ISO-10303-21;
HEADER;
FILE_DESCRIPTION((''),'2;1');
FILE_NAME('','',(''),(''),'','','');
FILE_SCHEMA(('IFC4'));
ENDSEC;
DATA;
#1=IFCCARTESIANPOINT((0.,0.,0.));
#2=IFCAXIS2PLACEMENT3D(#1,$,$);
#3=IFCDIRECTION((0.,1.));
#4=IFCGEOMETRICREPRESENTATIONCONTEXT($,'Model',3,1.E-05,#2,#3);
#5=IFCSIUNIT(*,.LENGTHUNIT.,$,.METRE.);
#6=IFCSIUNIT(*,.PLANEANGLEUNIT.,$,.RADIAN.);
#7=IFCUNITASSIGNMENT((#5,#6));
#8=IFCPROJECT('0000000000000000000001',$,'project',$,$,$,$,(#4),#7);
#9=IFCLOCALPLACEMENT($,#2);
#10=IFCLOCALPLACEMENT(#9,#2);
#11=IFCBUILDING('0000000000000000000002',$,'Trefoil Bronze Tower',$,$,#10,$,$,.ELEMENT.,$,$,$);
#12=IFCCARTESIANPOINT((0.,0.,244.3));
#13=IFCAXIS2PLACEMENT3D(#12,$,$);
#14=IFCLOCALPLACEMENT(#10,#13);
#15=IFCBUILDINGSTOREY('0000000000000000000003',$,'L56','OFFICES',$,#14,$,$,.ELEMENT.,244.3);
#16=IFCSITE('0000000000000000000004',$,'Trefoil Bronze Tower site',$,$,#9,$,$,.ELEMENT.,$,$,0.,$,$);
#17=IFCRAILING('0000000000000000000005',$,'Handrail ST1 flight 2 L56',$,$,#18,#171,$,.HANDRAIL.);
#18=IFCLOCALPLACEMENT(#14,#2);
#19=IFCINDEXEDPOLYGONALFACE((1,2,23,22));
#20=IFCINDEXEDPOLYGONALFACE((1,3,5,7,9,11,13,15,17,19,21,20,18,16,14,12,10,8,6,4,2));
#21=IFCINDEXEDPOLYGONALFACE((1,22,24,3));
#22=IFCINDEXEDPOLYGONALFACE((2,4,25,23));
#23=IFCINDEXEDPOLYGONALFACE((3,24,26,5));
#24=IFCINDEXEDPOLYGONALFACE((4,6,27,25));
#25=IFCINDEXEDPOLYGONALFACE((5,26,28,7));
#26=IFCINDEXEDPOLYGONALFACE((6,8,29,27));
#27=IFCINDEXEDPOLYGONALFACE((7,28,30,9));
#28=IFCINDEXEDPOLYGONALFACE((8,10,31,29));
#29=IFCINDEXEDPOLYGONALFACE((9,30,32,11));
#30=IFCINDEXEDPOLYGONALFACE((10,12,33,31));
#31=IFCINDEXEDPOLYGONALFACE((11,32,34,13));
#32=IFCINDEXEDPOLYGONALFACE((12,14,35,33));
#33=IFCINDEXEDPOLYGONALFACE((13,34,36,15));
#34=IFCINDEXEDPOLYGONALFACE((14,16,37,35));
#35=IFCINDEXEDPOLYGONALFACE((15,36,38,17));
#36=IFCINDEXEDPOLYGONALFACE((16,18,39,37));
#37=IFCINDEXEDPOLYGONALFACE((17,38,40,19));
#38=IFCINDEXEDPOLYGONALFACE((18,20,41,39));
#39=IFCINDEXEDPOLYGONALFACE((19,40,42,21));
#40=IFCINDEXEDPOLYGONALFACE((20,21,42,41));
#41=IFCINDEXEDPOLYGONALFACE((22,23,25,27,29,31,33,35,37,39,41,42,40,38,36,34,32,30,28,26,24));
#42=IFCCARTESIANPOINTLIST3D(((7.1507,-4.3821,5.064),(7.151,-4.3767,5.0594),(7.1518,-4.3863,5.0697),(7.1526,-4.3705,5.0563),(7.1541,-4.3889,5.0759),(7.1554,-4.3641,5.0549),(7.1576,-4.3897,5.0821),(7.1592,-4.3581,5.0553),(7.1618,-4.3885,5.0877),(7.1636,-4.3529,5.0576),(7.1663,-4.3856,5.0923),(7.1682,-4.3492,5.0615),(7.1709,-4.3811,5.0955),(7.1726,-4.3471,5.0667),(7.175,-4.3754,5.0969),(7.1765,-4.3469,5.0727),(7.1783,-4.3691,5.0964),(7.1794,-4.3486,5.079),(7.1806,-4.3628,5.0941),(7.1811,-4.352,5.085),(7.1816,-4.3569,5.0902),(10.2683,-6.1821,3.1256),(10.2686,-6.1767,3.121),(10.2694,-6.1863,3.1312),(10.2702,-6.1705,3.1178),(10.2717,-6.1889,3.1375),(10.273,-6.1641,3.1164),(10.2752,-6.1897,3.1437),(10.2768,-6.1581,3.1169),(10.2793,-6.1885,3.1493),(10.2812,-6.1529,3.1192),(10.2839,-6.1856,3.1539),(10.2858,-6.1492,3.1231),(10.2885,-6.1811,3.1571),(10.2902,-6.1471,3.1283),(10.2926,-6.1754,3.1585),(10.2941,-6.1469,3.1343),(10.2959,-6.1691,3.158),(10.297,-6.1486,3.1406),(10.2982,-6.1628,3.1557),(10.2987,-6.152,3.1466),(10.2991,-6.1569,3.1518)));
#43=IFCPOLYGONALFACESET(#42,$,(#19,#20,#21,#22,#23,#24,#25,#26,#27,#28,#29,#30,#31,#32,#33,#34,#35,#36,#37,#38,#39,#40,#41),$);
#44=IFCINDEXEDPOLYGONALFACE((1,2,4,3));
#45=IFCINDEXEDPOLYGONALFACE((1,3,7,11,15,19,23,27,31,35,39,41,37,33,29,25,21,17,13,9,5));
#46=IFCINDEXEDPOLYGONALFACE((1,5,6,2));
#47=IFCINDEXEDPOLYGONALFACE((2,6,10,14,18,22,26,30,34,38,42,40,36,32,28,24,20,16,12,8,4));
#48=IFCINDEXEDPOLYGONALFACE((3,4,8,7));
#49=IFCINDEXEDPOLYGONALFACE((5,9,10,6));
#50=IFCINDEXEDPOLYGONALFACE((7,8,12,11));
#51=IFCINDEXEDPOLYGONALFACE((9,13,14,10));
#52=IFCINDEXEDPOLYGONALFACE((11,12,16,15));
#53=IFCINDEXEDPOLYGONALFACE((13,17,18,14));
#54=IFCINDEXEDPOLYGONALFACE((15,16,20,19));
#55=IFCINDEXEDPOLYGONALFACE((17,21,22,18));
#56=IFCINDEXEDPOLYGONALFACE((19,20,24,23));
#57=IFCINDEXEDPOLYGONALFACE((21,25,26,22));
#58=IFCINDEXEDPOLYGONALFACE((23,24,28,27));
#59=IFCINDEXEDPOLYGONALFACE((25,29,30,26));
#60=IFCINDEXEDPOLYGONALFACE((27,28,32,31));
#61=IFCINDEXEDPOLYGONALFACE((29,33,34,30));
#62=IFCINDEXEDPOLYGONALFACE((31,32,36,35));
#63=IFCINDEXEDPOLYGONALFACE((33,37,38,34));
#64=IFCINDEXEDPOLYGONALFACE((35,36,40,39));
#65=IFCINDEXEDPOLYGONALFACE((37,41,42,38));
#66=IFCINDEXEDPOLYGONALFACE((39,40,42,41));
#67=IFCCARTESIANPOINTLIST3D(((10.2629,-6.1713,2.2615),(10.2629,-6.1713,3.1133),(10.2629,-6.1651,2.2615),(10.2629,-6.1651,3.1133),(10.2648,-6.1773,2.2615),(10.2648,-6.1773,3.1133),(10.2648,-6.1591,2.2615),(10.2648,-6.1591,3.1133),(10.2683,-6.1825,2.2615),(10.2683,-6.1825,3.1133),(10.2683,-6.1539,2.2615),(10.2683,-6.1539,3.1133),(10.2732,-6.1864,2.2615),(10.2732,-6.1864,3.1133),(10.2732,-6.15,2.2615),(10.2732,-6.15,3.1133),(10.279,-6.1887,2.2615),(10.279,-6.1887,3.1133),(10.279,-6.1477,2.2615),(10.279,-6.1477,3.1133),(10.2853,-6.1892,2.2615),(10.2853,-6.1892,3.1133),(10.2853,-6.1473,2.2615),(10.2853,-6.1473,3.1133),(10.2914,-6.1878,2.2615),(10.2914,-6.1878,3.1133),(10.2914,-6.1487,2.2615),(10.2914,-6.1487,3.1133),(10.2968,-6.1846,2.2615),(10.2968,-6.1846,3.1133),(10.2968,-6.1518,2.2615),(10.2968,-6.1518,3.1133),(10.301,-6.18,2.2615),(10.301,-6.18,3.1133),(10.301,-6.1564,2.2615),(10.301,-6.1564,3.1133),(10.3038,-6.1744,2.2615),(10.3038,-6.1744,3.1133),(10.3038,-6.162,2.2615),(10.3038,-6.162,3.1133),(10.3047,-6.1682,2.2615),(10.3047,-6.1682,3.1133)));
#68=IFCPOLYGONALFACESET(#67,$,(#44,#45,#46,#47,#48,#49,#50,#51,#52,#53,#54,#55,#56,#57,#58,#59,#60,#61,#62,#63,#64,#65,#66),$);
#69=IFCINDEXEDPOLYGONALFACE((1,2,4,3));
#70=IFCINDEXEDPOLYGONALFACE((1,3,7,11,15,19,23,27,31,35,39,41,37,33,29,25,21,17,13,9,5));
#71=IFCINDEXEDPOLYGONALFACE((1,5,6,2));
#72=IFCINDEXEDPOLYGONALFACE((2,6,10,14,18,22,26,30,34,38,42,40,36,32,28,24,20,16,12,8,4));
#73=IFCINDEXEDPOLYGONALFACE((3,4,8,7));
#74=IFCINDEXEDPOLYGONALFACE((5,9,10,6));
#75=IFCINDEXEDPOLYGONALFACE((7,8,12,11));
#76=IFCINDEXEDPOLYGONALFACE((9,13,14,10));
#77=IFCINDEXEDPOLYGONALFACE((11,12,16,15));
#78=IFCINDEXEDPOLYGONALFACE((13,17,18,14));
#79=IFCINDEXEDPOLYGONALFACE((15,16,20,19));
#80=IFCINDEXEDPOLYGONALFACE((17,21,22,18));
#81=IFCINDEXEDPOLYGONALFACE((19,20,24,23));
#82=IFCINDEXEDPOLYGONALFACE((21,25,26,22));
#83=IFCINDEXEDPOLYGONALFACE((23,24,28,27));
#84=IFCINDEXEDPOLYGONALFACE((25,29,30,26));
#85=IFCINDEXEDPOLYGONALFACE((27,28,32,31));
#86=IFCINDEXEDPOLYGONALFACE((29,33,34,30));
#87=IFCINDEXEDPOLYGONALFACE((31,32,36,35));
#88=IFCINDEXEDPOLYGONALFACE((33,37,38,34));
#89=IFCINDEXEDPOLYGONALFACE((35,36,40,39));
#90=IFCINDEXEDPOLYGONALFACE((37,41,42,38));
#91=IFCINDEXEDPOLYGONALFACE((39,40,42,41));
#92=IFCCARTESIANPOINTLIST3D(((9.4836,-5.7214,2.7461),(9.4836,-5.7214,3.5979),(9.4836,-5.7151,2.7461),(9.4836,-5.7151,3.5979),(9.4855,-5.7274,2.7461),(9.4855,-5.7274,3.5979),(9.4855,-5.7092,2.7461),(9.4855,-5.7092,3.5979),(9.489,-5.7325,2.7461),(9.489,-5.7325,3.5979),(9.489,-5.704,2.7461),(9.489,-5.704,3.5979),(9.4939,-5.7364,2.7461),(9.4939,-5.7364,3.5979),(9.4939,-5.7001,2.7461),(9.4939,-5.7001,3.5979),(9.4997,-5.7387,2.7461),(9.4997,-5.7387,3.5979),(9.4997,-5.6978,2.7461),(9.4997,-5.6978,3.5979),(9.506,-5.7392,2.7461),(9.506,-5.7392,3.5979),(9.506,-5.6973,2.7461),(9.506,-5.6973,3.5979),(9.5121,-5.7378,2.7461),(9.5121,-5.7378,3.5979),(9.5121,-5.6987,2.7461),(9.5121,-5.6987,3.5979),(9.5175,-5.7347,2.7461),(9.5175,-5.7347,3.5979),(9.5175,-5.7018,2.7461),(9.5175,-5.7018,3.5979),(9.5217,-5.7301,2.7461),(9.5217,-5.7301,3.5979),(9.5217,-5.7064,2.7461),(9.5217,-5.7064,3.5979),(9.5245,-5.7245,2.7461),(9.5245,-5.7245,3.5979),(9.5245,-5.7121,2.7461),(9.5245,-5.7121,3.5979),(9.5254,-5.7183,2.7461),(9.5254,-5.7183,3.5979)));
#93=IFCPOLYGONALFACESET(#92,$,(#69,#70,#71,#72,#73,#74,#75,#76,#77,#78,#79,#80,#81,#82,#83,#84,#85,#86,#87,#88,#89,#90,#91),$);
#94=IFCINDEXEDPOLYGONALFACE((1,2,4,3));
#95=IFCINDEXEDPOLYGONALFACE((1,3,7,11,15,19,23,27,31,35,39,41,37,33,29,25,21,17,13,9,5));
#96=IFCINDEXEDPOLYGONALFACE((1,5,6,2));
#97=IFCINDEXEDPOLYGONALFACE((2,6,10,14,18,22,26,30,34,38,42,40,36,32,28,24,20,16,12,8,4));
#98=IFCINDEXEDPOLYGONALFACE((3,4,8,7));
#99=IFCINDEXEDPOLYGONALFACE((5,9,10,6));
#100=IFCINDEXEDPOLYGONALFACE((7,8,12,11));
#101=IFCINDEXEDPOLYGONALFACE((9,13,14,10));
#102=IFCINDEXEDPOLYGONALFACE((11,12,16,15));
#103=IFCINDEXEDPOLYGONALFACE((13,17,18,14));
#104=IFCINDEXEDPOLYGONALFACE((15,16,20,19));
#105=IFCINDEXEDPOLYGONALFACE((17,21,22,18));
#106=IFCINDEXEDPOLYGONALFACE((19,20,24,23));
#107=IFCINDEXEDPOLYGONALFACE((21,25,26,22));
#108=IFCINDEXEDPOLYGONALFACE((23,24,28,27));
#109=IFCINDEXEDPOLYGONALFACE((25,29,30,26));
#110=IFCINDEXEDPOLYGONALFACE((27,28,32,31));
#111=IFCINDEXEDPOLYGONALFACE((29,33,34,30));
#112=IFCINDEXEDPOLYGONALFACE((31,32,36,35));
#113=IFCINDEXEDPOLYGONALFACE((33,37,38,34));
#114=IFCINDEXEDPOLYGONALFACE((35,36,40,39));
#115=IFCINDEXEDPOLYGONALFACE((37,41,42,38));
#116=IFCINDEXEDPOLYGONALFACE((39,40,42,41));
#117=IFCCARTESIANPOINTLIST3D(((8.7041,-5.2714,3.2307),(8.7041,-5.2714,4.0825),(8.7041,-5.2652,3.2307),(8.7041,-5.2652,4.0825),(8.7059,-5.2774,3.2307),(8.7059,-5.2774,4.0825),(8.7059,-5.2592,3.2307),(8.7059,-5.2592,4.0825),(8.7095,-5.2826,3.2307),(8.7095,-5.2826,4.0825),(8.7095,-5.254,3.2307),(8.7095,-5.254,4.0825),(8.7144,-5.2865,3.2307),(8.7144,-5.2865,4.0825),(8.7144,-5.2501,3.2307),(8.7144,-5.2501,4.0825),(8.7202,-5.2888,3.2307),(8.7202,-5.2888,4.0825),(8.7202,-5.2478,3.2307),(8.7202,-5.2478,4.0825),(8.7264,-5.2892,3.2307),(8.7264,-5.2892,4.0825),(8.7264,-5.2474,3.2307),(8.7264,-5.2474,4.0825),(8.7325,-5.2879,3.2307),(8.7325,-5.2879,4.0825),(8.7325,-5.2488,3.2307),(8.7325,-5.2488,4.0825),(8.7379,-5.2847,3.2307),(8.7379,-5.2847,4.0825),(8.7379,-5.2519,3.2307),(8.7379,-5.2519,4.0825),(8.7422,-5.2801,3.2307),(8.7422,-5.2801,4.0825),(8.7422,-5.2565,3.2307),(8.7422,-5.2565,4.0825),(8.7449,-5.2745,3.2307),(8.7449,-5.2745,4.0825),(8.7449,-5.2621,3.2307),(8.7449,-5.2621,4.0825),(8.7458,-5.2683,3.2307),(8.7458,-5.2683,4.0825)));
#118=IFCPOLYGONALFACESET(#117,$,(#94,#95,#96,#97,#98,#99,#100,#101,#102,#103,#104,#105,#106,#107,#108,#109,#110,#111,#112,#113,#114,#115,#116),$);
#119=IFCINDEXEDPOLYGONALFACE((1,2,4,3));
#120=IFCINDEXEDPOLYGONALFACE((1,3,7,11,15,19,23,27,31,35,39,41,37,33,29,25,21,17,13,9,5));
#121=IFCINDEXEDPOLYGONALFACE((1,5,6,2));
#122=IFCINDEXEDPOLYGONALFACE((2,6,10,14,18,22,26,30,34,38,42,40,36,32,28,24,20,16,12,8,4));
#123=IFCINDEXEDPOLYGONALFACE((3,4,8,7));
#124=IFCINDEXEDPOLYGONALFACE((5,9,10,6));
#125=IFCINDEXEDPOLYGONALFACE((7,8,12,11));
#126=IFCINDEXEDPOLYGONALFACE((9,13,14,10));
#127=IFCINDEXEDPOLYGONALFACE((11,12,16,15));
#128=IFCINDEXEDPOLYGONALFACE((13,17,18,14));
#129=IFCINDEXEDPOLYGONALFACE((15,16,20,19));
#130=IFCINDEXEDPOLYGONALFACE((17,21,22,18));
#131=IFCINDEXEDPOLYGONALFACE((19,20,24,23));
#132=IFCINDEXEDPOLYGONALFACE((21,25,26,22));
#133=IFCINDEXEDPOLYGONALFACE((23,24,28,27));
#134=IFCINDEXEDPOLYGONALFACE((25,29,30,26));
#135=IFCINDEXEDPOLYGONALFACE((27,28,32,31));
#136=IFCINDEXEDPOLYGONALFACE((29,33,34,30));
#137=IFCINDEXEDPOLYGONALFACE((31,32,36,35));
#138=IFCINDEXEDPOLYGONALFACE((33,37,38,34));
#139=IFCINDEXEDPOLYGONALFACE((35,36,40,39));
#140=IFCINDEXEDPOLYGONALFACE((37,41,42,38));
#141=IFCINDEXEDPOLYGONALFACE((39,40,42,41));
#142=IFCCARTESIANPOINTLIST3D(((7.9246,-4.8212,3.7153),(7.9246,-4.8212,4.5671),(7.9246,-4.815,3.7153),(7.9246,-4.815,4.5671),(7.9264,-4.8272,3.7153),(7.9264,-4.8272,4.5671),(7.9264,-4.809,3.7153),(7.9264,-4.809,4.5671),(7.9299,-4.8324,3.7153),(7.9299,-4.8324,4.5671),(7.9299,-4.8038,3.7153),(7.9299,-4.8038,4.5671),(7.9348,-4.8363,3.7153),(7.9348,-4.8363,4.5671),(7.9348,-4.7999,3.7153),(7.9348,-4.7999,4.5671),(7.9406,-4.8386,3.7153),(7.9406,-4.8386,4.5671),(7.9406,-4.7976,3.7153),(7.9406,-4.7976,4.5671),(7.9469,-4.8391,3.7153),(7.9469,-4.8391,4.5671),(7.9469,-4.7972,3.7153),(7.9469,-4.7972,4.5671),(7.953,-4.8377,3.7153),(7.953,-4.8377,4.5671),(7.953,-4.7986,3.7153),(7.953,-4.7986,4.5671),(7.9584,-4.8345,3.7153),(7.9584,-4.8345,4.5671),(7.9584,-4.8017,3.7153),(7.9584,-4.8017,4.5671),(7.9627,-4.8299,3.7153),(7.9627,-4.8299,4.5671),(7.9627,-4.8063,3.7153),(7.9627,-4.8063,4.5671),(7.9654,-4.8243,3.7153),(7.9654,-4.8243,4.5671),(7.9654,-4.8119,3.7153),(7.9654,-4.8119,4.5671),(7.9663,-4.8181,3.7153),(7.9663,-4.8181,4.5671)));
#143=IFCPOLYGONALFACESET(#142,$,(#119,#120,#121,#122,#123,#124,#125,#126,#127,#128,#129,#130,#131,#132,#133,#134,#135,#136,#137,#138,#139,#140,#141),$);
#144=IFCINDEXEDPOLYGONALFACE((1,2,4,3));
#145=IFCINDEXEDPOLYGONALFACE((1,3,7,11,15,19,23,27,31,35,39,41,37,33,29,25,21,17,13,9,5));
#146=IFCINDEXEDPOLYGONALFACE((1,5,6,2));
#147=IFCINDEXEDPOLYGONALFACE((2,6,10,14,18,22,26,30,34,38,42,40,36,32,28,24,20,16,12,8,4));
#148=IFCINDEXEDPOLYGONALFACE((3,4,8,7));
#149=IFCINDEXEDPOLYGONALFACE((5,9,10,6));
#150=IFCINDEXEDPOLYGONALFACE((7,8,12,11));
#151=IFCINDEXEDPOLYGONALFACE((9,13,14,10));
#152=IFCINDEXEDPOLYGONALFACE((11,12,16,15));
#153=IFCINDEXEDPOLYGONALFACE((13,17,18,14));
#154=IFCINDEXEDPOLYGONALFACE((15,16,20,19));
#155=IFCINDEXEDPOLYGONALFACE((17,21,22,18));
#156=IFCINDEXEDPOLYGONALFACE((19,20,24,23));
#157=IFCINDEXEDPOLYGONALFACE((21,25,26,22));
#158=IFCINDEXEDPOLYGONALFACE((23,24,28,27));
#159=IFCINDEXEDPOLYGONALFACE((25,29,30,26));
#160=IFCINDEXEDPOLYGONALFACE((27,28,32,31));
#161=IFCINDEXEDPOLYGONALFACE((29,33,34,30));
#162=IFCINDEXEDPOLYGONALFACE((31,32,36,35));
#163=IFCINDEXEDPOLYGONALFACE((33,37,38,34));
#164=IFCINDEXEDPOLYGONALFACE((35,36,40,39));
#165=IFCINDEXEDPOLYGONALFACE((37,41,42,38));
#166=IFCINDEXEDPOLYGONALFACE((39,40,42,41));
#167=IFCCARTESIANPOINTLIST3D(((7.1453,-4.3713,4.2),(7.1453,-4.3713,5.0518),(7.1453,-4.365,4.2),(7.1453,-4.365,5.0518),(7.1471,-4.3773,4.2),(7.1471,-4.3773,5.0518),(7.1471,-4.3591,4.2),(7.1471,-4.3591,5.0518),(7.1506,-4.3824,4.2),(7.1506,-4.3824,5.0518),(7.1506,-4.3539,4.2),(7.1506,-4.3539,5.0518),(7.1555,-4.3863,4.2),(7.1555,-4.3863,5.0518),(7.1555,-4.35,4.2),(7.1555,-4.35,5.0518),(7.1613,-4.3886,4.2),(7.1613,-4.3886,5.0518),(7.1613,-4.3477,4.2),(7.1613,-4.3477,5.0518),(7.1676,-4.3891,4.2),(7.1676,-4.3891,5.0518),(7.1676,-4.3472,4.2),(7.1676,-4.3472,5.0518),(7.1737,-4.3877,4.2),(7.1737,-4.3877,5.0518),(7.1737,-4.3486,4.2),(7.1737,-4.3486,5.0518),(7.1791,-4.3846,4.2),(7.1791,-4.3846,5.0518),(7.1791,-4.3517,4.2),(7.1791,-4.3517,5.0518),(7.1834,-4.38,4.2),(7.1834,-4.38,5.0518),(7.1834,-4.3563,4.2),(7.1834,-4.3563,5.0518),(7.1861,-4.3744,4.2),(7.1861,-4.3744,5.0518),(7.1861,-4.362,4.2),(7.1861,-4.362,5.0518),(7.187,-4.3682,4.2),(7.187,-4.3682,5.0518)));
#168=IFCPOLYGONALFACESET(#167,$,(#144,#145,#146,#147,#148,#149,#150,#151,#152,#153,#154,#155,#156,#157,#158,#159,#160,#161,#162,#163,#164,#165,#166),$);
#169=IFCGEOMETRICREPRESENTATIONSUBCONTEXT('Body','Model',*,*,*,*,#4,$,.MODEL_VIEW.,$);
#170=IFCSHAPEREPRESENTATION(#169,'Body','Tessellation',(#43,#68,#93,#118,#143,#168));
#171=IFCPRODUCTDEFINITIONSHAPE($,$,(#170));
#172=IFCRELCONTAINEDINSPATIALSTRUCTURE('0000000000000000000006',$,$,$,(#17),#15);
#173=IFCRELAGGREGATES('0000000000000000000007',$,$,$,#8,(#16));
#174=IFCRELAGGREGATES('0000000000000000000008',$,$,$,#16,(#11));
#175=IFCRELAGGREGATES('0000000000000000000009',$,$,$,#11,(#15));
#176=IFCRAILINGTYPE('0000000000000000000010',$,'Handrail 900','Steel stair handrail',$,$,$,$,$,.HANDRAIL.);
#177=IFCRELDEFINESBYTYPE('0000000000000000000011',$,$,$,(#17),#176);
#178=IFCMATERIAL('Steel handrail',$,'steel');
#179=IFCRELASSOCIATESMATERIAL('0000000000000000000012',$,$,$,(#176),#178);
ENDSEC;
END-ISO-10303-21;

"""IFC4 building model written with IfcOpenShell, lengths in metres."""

from ifc_helpers import new_model, si_unit, direction, frame, origin, origin_2d, place, context, subcontext, project, spatial, circle, extrude, material, type_object, element, save


model = new_model("IFC4")

# Units and contexts
model_context = context("Model", 3, precision=1e-05, world=origin(), true_north=direction((0.0, 1.0)))
body_context = subcontext(model_context, "Body", "Model", "MODEL_VIEW")
ifc_project = project(units=[si_unit("LENGTHUNIT", "METRE"), si_unit("PLANEANGLEUNIT", "RADIAN")], contexts=[model_context])

# Site, building, storey
site_placement = place(None, origin())
site = spatial("IfcSite", under=ifc_project, at=site_placement, Name="Trefoil Bronze Tower site", CompositionType="ELEMENT", RefElevation=0.0)
building_placement = place(site_placement, origin())
building = spatial("IfcBuilding", under=site, at=building_placement, Name="Trefoil Bronze Tower", CompositionType="ELEMENT")
storey_placement = place(building_placement, frame((0.0, 0.0, 244.3)))
storey = spatial("IfcBuildingStorey", under=building, at=storey_placement, Name="L56", Description="OFFICES", CompositionType="ELEMENT", Elevation=244.3)

# Railing
ifc_material_1 = material(Name="Steel handrail", Category="steel")
railing_type = type_object("IfcRailingType", Name="Handrail 900", Description="Steel stair handrail", PredefinedType="HANDRAIL", material=ifc_material_1)
railing_1_placement = place(storey_placement, frame((10.2837, -6.1682, 2.2615)))
element("IfcRailing", 1, at=railing_1_placement, inside=storey, type_object=railing_type, Name="Handrail ST1 flight 2 L56", PredefinedType="HANDRAIL", context=body_context, shape_type="SweptSolid", body=[
    extrude(circle(Radius=0.0239, at=origin_2d()), frame((0.0, 0.0, 0.876), z_axis=(-0.762503, 0.440246, 0.474102), x_axis=(-0.500012, -0.866018, 0.0)), (0.0, 0.0, 1.0), 4.0886),
    extrude(circle(Radius=0.021, at=origin_2d()), origin(), (0.0, 0.0, 1.0), 0.8518),
    extrude(circle(Radius=0.021, at=origin_2d()), frame((-0.7793, 0.45, 0.4846)), (0.0, 0.0, 1.0), 0.8518),
    extrude(circle(Radius=0.021, at=origin_2d()), frame((-1.5588, 0.8999, 0.9692)), (0.0, 0.0, 1.0), 0.8518),
    extrude(circle(Radius=0.021, at=origin_2d()), frame((-2.3384, 1.3501, 1.4539)), (0.0, 0.0, 1.0), 0.8518),
    extrude(circle(Radius=0.021, at=origin_2d()), frame((-3.1177, 1.8, 1.9385)), (0.0, 0.0, 1.0), 0.8518),
])

save(model, "model.ifc")
